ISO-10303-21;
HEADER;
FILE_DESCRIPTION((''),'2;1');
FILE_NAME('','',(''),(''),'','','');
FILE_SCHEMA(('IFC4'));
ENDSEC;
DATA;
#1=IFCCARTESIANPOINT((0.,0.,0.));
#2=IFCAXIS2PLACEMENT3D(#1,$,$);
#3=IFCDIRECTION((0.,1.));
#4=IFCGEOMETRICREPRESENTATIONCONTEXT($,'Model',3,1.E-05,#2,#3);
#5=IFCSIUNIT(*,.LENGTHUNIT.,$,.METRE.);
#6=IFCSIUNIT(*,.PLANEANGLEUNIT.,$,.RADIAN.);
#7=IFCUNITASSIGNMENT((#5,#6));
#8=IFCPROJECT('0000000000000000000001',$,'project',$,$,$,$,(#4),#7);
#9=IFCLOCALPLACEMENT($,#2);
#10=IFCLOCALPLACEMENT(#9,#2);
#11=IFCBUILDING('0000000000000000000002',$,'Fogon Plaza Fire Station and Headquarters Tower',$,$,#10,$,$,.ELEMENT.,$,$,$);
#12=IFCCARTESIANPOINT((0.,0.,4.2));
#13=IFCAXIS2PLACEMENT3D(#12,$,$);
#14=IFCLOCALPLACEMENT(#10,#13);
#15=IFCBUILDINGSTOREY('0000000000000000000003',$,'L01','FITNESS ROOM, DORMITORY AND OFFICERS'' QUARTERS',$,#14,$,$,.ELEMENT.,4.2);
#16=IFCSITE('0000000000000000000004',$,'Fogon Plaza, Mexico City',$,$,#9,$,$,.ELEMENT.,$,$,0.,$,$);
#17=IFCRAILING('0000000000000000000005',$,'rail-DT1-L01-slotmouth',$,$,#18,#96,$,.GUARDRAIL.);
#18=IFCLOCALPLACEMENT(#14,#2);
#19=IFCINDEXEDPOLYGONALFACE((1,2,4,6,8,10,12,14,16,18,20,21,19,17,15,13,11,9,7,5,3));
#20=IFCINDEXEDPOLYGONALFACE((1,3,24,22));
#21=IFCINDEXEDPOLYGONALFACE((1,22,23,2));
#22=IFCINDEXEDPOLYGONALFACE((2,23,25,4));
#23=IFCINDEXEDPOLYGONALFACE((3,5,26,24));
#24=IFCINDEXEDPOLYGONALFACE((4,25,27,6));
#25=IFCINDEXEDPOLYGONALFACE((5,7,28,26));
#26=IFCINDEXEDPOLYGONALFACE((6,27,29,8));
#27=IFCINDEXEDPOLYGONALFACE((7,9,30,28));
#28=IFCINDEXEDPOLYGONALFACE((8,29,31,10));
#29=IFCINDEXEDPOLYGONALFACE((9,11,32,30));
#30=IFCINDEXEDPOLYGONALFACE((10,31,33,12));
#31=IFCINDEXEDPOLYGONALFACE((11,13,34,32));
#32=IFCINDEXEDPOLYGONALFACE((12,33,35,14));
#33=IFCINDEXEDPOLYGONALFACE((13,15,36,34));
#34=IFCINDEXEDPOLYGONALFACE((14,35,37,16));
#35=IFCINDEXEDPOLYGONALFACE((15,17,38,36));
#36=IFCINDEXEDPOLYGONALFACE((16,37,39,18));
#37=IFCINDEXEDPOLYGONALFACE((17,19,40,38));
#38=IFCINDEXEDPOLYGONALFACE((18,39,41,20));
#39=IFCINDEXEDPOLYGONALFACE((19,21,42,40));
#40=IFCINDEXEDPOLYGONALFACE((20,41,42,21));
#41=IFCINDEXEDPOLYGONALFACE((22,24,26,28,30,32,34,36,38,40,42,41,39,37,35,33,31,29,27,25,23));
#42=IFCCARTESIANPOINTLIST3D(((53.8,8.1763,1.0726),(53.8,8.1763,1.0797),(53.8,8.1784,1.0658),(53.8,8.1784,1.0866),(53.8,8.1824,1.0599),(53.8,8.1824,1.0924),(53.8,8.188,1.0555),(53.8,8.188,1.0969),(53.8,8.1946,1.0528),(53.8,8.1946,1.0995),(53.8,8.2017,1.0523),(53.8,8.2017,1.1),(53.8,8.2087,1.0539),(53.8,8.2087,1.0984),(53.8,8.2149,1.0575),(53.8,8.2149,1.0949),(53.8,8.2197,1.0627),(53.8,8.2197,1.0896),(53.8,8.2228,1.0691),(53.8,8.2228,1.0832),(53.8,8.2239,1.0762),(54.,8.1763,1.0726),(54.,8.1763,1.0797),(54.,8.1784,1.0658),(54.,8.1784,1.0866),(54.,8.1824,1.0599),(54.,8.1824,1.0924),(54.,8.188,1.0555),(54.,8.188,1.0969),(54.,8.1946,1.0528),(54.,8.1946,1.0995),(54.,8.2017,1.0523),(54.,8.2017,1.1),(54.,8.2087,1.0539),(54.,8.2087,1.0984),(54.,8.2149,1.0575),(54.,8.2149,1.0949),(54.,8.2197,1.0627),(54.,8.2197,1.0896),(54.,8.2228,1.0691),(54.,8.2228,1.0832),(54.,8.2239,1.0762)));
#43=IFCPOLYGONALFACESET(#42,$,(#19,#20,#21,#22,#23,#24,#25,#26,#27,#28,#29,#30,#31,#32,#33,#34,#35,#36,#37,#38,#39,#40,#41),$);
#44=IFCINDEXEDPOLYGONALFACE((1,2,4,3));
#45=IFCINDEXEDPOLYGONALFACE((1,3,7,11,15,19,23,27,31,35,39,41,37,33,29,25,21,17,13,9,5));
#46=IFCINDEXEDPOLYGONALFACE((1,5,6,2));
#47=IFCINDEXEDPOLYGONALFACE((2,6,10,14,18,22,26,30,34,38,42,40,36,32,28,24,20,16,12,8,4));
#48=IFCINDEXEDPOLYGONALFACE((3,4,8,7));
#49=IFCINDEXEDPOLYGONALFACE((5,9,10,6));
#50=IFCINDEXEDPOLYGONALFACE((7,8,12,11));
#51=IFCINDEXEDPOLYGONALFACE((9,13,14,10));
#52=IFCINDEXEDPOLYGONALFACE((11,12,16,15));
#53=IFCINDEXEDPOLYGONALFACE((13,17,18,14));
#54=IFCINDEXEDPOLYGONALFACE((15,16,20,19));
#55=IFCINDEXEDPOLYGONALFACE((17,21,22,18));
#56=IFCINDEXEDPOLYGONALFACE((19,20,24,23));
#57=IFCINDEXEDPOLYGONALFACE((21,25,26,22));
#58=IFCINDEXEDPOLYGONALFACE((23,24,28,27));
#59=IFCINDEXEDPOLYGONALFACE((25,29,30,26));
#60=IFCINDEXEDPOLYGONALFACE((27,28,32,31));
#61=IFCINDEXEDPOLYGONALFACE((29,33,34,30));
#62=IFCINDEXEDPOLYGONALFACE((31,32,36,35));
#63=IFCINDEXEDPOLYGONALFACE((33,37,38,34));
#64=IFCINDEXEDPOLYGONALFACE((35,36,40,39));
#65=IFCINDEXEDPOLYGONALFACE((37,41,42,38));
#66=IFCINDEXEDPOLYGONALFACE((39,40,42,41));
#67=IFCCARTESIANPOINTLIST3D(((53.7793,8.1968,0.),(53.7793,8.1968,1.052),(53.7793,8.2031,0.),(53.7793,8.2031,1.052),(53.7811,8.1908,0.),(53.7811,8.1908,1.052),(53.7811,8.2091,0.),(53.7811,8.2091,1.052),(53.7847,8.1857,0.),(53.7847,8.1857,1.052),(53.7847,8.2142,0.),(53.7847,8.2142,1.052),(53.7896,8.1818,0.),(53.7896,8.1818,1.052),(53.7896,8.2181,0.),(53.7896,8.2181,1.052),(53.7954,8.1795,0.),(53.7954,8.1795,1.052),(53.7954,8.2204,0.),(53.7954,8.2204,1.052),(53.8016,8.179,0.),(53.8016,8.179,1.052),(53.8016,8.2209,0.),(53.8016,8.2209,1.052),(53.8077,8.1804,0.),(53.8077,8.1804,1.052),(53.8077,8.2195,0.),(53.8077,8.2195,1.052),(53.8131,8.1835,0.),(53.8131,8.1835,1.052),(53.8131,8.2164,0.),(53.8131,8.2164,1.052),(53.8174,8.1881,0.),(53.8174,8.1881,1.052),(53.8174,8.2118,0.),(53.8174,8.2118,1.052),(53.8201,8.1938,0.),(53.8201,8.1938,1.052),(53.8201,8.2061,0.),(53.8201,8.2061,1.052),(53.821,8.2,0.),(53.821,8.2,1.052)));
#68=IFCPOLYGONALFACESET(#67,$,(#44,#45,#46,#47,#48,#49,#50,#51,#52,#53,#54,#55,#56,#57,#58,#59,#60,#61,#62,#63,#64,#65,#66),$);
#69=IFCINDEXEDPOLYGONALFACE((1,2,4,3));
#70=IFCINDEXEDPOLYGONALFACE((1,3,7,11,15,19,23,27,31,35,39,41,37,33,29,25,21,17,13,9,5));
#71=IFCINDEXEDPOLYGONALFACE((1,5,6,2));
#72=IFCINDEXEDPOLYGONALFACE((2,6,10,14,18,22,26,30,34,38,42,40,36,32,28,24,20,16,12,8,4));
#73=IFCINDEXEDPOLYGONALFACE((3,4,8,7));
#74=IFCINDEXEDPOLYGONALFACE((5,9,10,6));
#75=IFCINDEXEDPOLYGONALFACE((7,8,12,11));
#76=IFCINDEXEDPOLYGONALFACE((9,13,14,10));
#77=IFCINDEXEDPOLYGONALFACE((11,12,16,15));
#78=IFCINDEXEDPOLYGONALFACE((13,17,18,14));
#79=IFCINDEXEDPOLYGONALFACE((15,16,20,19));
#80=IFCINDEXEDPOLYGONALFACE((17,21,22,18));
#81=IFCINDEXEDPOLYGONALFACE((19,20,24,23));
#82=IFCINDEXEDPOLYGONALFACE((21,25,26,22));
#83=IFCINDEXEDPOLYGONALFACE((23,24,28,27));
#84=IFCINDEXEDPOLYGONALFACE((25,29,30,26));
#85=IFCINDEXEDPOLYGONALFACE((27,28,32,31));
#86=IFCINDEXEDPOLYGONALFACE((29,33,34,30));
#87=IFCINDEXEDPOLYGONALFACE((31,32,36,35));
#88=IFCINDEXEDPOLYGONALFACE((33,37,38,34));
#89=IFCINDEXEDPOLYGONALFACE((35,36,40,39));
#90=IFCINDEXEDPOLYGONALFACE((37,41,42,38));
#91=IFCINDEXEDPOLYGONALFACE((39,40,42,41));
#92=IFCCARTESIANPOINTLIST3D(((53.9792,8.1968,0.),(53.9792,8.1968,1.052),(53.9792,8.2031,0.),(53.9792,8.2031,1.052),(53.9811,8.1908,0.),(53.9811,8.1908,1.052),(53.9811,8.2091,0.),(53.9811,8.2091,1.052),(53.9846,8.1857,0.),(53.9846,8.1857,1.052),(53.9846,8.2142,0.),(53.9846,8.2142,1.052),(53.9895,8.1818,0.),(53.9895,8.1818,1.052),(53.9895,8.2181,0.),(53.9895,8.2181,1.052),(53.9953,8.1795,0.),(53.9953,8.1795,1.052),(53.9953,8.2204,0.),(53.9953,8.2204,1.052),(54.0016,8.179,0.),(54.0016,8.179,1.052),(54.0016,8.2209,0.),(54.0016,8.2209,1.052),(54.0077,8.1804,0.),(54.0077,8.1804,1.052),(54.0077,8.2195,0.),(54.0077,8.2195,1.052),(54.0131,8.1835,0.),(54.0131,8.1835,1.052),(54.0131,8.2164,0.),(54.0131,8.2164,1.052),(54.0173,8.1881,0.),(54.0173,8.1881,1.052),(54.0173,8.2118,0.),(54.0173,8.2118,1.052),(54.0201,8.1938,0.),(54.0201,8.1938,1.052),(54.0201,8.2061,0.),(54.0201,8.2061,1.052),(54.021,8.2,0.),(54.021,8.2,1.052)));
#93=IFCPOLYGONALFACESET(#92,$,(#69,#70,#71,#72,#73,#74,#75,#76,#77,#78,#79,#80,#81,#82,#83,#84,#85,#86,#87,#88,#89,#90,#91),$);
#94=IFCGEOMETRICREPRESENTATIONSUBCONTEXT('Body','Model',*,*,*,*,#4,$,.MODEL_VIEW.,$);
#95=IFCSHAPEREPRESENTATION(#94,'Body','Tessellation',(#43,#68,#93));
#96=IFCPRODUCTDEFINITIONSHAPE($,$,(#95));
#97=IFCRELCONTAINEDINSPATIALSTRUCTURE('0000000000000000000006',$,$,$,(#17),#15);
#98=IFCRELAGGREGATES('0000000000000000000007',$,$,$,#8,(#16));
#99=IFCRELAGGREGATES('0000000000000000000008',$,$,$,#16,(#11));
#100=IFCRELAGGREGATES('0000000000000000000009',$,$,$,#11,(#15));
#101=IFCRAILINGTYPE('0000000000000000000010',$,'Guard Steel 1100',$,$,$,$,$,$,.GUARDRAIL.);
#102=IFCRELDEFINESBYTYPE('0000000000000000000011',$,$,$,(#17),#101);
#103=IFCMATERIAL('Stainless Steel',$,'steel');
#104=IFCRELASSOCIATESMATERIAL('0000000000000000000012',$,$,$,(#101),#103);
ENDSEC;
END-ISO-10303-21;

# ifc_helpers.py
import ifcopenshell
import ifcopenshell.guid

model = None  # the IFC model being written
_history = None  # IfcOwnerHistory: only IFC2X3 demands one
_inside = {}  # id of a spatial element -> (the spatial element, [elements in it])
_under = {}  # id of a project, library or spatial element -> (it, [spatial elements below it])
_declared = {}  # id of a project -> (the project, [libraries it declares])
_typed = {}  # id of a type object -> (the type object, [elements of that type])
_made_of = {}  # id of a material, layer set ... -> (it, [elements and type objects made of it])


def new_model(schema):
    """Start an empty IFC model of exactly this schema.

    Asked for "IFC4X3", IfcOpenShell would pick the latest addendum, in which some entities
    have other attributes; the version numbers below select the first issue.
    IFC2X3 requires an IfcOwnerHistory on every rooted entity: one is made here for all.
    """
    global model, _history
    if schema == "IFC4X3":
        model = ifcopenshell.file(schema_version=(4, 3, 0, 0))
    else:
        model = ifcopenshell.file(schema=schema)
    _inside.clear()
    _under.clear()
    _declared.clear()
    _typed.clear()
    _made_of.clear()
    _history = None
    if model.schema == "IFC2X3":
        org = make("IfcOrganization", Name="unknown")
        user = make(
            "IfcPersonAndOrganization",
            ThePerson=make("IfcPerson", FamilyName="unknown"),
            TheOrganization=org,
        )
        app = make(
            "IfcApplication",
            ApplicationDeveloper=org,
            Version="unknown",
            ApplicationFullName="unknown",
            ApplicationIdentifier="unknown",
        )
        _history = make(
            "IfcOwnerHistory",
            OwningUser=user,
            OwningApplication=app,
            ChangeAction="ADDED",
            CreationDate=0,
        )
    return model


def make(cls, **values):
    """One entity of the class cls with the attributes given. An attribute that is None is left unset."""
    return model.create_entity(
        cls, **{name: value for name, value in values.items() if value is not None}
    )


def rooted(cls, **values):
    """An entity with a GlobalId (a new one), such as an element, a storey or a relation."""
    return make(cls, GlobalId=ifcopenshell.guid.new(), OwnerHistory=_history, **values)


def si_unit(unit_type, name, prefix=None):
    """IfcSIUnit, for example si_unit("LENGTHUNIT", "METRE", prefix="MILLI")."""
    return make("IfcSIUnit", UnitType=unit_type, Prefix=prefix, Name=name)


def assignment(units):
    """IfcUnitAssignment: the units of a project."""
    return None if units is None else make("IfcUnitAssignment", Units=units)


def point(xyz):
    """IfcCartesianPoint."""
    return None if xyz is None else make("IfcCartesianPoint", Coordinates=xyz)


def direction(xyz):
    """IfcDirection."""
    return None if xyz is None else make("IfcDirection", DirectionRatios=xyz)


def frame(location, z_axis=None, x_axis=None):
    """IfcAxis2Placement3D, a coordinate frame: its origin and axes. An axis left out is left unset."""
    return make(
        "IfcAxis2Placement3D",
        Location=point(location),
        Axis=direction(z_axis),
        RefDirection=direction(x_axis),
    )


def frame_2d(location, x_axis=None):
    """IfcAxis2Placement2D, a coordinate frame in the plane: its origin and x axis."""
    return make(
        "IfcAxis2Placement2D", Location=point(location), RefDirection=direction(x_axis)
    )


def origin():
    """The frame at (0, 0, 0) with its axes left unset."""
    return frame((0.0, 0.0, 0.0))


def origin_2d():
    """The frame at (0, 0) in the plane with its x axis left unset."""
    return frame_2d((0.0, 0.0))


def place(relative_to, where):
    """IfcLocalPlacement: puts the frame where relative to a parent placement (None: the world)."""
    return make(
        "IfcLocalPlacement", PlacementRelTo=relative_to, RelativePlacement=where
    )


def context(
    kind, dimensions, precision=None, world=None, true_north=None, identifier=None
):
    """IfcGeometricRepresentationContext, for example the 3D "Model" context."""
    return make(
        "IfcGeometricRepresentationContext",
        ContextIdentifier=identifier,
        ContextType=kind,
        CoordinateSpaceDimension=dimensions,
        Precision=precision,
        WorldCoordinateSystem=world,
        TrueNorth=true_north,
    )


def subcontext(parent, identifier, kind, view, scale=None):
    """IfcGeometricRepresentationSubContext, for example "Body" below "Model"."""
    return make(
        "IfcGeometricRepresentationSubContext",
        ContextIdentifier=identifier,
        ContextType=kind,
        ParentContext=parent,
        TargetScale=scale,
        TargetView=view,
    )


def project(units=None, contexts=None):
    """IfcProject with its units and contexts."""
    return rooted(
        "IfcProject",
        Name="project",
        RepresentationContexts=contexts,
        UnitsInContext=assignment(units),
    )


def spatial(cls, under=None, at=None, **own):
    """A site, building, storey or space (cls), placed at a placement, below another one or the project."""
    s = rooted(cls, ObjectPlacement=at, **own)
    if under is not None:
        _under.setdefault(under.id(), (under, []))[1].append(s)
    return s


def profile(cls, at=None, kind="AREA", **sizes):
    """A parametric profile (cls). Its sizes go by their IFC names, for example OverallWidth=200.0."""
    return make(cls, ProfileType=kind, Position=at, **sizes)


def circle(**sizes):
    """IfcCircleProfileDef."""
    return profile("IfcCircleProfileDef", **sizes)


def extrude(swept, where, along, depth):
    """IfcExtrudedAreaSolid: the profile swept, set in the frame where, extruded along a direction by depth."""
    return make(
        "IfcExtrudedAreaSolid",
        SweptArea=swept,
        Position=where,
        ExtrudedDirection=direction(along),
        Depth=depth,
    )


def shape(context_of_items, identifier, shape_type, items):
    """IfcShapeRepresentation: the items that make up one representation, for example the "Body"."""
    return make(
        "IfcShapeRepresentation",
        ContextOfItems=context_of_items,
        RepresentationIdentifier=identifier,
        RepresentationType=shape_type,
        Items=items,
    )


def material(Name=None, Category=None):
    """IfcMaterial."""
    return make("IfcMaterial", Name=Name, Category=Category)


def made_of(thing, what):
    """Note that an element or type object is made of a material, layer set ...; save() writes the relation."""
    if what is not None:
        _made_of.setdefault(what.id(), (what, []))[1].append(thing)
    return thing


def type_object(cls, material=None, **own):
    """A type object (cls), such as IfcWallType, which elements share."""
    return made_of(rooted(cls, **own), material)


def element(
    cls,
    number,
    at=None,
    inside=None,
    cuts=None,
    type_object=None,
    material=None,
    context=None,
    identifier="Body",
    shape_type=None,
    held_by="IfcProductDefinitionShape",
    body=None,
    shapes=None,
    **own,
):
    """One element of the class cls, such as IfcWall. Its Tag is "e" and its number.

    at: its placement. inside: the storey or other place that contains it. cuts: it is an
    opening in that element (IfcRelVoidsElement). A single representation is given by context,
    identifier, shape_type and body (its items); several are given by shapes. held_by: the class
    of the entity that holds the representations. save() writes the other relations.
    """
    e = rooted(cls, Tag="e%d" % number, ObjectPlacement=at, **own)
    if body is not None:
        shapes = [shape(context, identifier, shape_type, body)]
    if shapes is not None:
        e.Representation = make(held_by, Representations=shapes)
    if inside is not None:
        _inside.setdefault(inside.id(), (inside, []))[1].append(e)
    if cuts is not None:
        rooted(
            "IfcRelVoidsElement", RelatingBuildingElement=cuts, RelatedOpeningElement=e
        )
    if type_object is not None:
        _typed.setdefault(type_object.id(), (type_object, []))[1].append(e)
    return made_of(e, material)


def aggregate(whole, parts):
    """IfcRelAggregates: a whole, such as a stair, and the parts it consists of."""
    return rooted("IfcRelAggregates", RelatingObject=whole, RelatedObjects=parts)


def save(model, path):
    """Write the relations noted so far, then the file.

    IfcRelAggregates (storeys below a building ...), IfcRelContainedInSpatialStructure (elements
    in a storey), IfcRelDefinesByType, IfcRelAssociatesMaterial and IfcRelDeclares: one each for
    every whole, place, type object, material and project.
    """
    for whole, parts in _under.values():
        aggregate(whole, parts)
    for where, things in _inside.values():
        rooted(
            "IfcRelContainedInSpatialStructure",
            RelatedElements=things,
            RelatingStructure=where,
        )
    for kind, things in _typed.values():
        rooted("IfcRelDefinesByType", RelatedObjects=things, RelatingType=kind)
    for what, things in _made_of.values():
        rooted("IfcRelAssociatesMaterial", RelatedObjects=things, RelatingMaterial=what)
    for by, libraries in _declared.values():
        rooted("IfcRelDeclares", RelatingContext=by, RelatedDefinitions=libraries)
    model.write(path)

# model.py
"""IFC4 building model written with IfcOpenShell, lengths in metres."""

from ifc_helpers import new_model, si_unit, direction, frame, origin, origin_2d, place, context, subcontext, project, spatial, circle, extrude, material, type_object, element, save


model = new_model("IFC4")

# Units and contexts
model_context = context("Model", 3, precision=1e-05, world=origin(), true_north=direction((0.0, 1.0)))
body_context = subcontext(model_context, "Body", "Model", "MODEL_VIEW")
ifc_project = project(units=[si_unit("LENGTHUNIT", "METRE"), si_unit("PLANEANGLEUNIT", "RADIAN")], contexts=[model_context])

# Site, building, storey
site_placement = place(None, origin())
site = spatial("IfcSite", under=ifc_project, at=site_placement, Name="Fogon Plaza, Mexico City", CompositionType="ELEMENT", RefElevation=0.0)
building_placement = place(site_placement, origin())
building = spatial("IfcBuilding", under=site, at=building_placement, Name="Fogon Plaza Fire Station and Headquarters Tower", CompositionType="ELEMENT")
storey_placement = place(building_placement, frame((0.0, 0.0, 4.2)))
storey = spatial("IfcBuildingStorey", under=building, at=storey_placement, Name="L01", Description="FITNESS ROOM, DORMITORY AND OFFICERS' QUARTERS", CompositionType="ELEMENT", Elevation=4.2)

# Railing
ifc_material_1 = material(Name="Stainless Steel", Category="steel")
railing_type_1 = type_object("IfcRailingType", Name="Guard Steel 1100", PredefinedType="GUARDRAIL", material=ifc_material_1)
railing_1_placement = place(storey_placement, frame((53.8, 8.2, 0.0)))
element("IfcRailing", 1, at=railing_1_placement, inside=storey, type_object=railing_type_1, Name="rail-DT1-L01-slotmouth", PredefinedType="GUARDRAIL", context=body_context, shape_type="SweptSolid", body=[
    extrude(circle(Radius=0.0239, at=origin_2d()), frame((0.0, 0.0, 1.0762), z_axis=(1.0, 0.0, 0.0), x_axis=(0.0, 1.0, 0.0)), (0.0, 0.0, 1.0), 0.2),
    extrude(circle(Radius=0.021, at=origin_2d()), origin(), (0.0, 0.0, 1.0), 1.052),
    extrude(circle(Radius=0.021, at=origin_2d()), frame((0.2, 0.0, 0.0)), (0.0, 0.0, 1.0), 1.052),
])

save(model, "model.ifc")
